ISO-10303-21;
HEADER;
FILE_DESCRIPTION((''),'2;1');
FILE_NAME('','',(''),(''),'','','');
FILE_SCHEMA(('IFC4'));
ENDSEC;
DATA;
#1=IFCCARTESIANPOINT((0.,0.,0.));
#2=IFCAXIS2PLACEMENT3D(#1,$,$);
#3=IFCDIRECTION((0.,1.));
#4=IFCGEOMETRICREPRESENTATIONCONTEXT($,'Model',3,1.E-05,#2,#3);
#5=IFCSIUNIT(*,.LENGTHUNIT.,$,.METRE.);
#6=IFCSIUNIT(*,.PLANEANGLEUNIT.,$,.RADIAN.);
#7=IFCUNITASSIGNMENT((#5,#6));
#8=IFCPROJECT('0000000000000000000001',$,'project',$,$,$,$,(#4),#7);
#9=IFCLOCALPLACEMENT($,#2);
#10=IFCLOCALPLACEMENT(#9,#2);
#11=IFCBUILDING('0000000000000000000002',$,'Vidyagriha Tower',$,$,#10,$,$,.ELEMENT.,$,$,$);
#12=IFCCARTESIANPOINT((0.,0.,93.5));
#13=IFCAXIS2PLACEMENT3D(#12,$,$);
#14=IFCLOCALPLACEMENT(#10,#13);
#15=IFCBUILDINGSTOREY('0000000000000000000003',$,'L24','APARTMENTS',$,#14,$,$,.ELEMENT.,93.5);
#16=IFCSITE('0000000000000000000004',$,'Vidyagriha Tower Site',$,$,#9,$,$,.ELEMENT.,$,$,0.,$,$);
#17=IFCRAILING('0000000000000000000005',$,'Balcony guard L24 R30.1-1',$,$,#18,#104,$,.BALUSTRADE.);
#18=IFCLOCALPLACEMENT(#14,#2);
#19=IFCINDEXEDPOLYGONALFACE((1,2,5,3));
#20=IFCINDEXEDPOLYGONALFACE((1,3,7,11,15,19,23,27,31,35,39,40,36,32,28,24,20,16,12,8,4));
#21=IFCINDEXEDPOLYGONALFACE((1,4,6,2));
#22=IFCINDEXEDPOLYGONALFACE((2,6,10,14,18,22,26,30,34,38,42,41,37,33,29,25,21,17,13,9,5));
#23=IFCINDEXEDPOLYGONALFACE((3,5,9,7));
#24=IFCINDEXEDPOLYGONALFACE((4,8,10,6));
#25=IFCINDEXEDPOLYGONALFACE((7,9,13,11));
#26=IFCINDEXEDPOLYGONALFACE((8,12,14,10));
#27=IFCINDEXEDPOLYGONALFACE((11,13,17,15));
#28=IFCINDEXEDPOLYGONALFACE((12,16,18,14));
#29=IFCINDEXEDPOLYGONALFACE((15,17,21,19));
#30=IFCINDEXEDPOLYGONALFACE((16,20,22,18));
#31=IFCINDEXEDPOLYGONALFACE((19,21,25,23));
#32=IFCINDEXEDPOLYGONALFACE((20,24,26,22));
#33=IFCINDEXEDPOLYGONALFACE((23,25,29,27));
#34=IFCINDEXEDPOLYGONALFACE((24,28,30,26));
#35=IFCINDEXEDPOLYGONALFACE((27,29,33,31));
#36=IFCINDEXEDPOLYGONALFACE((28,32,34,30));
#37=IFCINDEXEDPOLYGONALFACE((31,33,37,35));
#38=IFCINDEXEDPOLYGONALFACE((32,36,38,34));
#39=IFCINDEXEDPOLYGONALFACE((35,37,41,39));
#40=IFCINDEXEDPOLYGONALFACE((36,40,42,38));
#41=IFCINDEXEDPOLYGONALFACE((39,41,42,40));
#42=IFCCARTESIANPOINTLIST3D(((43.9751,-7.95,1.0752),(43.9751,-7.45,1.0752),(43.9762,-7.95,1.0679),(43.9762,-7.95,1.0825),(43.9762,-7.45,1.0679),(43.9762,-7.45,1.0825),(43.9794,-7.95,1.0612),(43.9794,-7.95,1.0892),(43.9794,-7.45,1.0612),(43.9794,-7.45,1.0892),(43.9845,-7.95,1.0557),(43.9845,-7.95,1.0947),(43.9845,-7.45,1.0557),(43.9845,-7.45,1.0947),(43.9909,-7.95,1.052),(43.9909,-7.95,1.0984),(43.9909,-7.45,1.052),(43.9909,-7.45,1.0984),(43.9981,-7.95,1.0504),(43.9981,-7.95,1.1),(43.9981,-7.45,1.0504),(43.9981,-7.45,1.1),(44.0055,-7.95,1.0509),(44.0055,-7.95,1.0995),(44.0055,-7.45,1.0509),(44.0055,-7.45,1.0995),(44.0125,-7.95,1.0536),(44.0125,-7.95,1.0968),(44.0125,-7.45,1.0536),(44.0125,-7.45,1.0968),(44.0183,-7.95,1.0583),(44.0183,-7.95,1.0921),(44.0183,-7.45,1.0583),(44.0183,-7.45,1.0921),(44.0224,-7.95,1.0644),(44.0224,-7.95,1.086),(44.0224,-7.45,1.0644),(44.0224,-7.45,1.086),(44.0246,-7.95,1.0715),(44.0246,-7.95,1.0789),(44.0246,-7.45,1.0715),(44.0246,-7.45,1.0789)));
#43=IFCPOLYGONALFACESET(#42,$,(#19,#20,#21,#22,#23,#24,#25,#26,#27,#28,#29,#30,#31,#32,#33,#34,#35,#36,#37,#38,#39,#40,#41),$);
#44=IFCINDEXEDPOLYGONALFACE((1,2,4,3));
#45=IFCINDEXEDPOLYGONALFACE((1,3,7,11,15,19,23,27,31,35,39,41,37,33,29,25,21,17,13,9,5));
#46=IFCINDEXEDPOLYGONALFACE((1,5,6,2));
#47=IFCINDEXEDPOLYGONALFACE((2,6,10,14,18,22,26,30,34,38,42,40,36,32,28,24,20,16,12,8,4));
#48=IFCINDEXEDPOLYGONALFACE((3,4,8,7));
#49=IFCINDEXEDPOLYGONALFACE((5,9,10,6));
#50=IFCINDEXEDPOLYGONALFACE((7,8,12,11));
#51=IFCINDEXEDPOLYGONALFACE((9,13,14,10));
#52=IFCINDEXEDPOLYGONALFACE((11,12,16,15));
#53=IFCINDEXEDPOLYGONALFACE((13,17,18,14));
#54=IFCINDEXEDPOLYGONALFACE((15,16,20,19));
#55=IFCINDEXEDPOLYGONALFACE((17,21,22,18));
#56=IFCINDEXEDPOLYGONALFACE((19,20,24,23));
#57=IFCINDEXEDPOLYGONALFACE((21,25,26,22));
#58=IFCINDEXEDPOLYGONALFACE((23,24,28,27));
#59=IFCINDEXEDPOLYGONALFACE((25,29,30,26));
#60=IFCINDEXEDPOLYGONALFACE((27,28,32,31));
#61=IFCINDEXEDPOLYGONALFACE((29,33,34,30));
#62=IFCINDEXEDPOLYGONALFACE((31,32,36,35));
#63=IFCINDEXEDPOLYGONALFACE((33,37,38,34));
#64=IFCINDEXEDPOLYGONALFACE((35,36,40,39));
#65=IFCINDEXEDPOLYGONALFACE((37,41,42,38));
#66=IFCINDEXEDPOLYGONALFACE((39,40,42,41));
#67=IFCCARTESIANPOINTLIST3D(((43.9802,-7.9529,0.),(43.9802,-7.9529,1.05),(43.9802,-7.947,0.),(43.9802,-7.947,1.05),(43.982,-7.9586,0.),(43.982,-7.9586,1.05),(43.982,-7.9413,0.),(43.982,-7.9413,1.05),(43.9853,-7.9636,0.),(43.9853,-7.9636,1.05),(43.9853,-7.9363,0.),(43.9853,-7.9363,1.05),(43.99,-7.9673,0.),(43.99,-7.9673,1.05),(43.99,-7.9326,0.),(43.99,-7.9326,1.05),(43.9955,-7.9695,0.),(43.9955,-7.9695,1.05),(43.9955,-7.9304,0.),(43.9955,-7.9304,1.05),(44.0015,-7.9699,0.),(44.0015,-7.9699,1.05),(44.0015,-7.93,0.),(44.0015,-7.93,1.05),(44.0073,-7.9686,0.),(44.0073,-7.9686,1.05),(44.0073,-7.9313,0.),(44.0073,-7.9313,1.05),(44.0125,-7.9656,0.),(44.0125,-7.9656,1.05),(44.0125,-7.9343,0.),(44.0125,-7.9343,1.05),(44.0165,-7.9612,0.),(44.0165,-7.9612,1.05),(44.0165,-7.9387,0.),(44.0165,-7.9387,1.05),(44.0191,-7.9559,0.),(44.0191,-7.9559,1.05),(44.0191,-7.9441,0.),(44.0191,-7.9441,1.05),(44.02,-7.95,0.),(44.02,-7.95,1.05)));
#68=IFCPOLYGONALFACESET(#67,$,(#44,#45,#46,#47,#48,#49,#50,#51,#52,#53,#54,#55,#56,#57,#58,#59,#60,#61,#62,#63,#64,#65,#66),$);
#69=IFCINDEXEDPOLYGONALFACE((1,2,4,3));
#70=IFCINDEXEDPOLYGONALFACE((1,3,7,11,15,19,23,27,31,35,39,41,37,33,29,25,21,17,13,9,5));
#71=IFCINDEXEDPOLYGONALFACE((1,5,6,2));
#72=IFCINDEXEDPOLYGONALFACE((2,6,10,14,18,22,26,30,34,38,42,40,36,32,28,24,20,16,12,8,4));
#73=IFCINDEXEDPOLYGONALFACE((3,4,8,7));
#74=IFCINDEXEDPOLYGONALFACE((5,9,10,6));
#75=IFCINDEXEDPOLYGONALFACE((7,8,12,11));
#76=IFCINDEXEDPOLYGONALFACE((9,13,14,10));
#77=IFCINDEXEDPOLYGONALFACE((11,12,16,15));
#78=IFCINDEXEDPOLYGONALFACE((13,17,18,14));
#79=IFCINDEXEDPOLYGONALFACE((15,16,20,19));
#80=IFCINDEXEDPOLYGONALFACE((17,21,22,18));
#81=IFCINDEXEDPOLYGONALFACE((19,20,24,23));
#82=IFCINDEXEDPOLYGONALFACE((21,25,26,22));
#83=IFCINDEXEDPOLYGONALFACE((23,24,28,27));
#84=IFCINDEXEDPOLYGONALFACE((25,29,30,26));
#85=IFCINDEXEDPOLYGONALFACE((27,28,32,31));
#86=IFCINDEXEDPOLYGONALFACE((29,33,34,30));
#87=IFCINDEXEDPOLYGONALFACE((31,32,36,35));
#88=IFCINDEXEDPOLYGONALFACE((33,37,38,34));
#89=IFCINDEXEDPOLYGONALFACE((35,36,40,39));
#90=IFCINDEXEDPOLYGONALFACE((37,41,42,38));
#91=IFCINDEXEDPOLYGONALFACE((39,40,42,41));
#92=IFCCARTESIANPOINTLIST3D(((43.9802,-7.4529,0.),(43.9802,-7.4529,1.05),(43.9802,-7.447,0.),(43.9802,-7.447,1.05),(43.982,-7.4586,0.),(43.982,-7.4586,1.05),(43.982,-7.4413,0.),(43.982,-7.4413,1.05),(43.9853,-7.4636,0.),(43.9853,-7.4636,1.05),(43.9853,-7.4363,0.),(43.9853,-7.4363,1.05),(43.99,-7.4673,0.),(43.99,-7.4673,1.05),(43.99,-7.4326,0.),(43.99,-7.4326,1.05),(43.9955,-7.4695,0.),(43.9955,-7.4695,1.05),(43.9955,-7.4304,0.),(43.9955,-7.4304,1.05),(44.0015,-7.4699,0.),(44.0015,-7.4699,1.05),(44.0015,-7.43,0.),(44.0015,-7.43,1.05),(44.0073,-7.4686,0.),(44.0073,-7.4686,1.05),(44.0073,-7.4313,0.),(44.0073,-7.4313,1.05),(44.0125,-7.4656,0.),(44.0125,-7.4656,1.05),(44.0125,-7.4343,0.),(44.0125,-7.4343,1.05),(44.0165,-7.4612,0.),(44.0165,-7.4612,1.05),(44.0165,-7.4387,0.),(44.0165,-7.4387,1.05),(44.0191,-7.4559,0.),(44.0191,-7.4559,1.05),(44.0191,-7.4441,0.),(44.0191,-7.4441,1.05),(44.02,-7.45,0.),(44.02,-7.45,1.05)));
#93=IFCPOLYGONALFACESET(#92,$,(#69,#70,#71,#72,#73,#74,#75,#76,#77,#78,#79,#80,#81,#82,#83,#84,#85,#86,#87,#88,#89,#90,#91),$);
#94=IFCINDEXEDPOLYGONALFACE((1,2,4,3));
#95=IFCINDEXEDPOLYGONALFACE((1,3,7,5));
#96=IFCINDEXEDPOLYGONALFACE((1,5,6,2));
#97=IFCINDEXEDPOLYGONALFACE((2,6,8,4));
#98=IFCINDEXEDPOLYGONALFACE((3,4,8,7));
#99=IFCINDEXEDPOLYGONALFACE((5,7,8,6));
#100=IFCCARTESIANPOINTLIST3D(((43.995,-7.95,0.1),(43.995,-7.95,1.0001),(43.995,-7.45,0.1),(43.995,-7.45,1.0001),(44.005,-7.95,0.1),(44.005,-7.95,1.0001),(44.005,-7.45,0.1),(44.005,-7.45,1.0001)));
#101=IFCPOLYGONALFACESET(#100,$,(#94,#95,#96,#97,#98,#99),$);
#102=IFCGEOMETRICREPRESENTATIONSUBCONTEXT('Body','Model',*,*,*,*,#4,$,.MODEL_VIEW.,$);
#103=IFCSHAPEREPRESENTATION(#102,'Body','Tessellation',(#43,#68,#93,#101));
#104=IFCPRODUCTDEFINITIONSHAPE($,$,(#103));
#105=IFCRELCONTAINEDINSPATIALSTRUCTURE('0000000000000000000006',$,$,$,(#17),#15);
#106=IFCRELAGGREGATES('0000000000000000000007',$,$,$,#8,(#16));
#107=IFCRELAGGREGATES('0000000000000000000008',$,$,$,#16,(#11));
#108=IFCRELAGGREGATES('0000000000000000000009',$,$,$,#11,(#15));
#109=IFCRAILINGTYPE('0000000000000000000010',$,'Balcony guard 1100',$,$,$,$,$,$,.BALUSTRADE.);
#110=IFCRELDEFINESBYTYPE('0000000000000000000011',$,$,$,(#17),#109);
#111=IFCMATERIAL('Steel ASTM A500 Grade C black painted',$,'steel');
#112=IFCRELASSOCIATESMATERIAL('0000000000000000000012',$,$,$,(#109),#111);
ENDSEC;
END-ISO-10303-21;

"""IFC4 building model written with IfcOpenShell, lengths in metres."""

from ifc_helpers import new_model, si_unit, direction, frame, origin, origin_2d, place, context, subcontext, project, spatial, rectangle, circle, extrude, material, type_object, element, save


model = new_model("IFC4")

# Units and contexts
model_context = context("Model", 3, precision=1e-05, world=origin(), true_north=direction((0.0, 1.0)))
body_context = subcontext(model_context, "Body", "Model", "MODEL_VIEW")
ifc_project = project(units=[si_unit("LENGTHUNIT", "METRE"), si_unit("PLANEANGLEUNIT", "RADIAN")], contexts=[model_context])

# Site, building, storey
site_placement = place(None, origin())
site = spatial("IfcSite", under=ifc_project, at=site_placement, Name="Vidyagriha Tower Site", CompositionType="ELEMENT", RefElevation=0.0)
building_placement = place(site_placement, origin())
building = spatial("IfcBuilding", under=site, at=building_placement, Name="Vidyagriha Tower", CompositionType="ELEMENT")
storey_placement = place(building_placement, frame((0.0, 0.0, 93.5)))
storey = spatial("IfcBuildingStorey", under=building, at=storey_placement, Name="L24", Description="APARTMENTS", CompositionType="ELEMENT", Elevation=93.5)

# Railing
ifc_material_1 = material(Name="Steel ASTM A500 Grade C black painted", Category="steel")
railing_type_1 = type_object("IfcRailingType", Name="Balcony guard 1100", PredefinedType="BALUSTRADE", material=ifc_material_1)
railing_1_placement = place(storey_placement, frame((44.0, -7.95, 0.0)))
element("IfcRailing", 1, at=railing_1_placement, inside=storey, type_object=railing_type_1, Name="Balcony guard L24 R30.1-1", PredefinedType="BALUSTRADE", context=body_context, shape_type="SweptSolid", body=[
    extrude(circle(Radius=0.0249, at=origin_2d()), frame((0.0, 0.0, 1.0752), z_axis=(0.0, 1.0, 0.0), x_axis=(-1.0, 0.0, 0.0)), (0.0, 0.0, 1.0), 0.5),
    extrude(circle(Radius=0.02, at=origin_2d()), origin(), (0.0, 0.0, 1.0), 1.05),
    extrude(circle(Radius=0.02, at=origin_2d()), frame((0.0, 0.5, 0.0)), (0.0, 0.0, 1.0), 1.05),
    extrude(rectangle(XDim=0.01, YDim=0.9001, at=origin_2d()), frame((0.0, 0.0, 0.55), z_axis=(0.0, 1.0, 0.0), x_axis=(-1.0, 0.0, 0.0)), (0.0, 0.0, 1.0), 0.5),
])

save(model, "model.ifc")
